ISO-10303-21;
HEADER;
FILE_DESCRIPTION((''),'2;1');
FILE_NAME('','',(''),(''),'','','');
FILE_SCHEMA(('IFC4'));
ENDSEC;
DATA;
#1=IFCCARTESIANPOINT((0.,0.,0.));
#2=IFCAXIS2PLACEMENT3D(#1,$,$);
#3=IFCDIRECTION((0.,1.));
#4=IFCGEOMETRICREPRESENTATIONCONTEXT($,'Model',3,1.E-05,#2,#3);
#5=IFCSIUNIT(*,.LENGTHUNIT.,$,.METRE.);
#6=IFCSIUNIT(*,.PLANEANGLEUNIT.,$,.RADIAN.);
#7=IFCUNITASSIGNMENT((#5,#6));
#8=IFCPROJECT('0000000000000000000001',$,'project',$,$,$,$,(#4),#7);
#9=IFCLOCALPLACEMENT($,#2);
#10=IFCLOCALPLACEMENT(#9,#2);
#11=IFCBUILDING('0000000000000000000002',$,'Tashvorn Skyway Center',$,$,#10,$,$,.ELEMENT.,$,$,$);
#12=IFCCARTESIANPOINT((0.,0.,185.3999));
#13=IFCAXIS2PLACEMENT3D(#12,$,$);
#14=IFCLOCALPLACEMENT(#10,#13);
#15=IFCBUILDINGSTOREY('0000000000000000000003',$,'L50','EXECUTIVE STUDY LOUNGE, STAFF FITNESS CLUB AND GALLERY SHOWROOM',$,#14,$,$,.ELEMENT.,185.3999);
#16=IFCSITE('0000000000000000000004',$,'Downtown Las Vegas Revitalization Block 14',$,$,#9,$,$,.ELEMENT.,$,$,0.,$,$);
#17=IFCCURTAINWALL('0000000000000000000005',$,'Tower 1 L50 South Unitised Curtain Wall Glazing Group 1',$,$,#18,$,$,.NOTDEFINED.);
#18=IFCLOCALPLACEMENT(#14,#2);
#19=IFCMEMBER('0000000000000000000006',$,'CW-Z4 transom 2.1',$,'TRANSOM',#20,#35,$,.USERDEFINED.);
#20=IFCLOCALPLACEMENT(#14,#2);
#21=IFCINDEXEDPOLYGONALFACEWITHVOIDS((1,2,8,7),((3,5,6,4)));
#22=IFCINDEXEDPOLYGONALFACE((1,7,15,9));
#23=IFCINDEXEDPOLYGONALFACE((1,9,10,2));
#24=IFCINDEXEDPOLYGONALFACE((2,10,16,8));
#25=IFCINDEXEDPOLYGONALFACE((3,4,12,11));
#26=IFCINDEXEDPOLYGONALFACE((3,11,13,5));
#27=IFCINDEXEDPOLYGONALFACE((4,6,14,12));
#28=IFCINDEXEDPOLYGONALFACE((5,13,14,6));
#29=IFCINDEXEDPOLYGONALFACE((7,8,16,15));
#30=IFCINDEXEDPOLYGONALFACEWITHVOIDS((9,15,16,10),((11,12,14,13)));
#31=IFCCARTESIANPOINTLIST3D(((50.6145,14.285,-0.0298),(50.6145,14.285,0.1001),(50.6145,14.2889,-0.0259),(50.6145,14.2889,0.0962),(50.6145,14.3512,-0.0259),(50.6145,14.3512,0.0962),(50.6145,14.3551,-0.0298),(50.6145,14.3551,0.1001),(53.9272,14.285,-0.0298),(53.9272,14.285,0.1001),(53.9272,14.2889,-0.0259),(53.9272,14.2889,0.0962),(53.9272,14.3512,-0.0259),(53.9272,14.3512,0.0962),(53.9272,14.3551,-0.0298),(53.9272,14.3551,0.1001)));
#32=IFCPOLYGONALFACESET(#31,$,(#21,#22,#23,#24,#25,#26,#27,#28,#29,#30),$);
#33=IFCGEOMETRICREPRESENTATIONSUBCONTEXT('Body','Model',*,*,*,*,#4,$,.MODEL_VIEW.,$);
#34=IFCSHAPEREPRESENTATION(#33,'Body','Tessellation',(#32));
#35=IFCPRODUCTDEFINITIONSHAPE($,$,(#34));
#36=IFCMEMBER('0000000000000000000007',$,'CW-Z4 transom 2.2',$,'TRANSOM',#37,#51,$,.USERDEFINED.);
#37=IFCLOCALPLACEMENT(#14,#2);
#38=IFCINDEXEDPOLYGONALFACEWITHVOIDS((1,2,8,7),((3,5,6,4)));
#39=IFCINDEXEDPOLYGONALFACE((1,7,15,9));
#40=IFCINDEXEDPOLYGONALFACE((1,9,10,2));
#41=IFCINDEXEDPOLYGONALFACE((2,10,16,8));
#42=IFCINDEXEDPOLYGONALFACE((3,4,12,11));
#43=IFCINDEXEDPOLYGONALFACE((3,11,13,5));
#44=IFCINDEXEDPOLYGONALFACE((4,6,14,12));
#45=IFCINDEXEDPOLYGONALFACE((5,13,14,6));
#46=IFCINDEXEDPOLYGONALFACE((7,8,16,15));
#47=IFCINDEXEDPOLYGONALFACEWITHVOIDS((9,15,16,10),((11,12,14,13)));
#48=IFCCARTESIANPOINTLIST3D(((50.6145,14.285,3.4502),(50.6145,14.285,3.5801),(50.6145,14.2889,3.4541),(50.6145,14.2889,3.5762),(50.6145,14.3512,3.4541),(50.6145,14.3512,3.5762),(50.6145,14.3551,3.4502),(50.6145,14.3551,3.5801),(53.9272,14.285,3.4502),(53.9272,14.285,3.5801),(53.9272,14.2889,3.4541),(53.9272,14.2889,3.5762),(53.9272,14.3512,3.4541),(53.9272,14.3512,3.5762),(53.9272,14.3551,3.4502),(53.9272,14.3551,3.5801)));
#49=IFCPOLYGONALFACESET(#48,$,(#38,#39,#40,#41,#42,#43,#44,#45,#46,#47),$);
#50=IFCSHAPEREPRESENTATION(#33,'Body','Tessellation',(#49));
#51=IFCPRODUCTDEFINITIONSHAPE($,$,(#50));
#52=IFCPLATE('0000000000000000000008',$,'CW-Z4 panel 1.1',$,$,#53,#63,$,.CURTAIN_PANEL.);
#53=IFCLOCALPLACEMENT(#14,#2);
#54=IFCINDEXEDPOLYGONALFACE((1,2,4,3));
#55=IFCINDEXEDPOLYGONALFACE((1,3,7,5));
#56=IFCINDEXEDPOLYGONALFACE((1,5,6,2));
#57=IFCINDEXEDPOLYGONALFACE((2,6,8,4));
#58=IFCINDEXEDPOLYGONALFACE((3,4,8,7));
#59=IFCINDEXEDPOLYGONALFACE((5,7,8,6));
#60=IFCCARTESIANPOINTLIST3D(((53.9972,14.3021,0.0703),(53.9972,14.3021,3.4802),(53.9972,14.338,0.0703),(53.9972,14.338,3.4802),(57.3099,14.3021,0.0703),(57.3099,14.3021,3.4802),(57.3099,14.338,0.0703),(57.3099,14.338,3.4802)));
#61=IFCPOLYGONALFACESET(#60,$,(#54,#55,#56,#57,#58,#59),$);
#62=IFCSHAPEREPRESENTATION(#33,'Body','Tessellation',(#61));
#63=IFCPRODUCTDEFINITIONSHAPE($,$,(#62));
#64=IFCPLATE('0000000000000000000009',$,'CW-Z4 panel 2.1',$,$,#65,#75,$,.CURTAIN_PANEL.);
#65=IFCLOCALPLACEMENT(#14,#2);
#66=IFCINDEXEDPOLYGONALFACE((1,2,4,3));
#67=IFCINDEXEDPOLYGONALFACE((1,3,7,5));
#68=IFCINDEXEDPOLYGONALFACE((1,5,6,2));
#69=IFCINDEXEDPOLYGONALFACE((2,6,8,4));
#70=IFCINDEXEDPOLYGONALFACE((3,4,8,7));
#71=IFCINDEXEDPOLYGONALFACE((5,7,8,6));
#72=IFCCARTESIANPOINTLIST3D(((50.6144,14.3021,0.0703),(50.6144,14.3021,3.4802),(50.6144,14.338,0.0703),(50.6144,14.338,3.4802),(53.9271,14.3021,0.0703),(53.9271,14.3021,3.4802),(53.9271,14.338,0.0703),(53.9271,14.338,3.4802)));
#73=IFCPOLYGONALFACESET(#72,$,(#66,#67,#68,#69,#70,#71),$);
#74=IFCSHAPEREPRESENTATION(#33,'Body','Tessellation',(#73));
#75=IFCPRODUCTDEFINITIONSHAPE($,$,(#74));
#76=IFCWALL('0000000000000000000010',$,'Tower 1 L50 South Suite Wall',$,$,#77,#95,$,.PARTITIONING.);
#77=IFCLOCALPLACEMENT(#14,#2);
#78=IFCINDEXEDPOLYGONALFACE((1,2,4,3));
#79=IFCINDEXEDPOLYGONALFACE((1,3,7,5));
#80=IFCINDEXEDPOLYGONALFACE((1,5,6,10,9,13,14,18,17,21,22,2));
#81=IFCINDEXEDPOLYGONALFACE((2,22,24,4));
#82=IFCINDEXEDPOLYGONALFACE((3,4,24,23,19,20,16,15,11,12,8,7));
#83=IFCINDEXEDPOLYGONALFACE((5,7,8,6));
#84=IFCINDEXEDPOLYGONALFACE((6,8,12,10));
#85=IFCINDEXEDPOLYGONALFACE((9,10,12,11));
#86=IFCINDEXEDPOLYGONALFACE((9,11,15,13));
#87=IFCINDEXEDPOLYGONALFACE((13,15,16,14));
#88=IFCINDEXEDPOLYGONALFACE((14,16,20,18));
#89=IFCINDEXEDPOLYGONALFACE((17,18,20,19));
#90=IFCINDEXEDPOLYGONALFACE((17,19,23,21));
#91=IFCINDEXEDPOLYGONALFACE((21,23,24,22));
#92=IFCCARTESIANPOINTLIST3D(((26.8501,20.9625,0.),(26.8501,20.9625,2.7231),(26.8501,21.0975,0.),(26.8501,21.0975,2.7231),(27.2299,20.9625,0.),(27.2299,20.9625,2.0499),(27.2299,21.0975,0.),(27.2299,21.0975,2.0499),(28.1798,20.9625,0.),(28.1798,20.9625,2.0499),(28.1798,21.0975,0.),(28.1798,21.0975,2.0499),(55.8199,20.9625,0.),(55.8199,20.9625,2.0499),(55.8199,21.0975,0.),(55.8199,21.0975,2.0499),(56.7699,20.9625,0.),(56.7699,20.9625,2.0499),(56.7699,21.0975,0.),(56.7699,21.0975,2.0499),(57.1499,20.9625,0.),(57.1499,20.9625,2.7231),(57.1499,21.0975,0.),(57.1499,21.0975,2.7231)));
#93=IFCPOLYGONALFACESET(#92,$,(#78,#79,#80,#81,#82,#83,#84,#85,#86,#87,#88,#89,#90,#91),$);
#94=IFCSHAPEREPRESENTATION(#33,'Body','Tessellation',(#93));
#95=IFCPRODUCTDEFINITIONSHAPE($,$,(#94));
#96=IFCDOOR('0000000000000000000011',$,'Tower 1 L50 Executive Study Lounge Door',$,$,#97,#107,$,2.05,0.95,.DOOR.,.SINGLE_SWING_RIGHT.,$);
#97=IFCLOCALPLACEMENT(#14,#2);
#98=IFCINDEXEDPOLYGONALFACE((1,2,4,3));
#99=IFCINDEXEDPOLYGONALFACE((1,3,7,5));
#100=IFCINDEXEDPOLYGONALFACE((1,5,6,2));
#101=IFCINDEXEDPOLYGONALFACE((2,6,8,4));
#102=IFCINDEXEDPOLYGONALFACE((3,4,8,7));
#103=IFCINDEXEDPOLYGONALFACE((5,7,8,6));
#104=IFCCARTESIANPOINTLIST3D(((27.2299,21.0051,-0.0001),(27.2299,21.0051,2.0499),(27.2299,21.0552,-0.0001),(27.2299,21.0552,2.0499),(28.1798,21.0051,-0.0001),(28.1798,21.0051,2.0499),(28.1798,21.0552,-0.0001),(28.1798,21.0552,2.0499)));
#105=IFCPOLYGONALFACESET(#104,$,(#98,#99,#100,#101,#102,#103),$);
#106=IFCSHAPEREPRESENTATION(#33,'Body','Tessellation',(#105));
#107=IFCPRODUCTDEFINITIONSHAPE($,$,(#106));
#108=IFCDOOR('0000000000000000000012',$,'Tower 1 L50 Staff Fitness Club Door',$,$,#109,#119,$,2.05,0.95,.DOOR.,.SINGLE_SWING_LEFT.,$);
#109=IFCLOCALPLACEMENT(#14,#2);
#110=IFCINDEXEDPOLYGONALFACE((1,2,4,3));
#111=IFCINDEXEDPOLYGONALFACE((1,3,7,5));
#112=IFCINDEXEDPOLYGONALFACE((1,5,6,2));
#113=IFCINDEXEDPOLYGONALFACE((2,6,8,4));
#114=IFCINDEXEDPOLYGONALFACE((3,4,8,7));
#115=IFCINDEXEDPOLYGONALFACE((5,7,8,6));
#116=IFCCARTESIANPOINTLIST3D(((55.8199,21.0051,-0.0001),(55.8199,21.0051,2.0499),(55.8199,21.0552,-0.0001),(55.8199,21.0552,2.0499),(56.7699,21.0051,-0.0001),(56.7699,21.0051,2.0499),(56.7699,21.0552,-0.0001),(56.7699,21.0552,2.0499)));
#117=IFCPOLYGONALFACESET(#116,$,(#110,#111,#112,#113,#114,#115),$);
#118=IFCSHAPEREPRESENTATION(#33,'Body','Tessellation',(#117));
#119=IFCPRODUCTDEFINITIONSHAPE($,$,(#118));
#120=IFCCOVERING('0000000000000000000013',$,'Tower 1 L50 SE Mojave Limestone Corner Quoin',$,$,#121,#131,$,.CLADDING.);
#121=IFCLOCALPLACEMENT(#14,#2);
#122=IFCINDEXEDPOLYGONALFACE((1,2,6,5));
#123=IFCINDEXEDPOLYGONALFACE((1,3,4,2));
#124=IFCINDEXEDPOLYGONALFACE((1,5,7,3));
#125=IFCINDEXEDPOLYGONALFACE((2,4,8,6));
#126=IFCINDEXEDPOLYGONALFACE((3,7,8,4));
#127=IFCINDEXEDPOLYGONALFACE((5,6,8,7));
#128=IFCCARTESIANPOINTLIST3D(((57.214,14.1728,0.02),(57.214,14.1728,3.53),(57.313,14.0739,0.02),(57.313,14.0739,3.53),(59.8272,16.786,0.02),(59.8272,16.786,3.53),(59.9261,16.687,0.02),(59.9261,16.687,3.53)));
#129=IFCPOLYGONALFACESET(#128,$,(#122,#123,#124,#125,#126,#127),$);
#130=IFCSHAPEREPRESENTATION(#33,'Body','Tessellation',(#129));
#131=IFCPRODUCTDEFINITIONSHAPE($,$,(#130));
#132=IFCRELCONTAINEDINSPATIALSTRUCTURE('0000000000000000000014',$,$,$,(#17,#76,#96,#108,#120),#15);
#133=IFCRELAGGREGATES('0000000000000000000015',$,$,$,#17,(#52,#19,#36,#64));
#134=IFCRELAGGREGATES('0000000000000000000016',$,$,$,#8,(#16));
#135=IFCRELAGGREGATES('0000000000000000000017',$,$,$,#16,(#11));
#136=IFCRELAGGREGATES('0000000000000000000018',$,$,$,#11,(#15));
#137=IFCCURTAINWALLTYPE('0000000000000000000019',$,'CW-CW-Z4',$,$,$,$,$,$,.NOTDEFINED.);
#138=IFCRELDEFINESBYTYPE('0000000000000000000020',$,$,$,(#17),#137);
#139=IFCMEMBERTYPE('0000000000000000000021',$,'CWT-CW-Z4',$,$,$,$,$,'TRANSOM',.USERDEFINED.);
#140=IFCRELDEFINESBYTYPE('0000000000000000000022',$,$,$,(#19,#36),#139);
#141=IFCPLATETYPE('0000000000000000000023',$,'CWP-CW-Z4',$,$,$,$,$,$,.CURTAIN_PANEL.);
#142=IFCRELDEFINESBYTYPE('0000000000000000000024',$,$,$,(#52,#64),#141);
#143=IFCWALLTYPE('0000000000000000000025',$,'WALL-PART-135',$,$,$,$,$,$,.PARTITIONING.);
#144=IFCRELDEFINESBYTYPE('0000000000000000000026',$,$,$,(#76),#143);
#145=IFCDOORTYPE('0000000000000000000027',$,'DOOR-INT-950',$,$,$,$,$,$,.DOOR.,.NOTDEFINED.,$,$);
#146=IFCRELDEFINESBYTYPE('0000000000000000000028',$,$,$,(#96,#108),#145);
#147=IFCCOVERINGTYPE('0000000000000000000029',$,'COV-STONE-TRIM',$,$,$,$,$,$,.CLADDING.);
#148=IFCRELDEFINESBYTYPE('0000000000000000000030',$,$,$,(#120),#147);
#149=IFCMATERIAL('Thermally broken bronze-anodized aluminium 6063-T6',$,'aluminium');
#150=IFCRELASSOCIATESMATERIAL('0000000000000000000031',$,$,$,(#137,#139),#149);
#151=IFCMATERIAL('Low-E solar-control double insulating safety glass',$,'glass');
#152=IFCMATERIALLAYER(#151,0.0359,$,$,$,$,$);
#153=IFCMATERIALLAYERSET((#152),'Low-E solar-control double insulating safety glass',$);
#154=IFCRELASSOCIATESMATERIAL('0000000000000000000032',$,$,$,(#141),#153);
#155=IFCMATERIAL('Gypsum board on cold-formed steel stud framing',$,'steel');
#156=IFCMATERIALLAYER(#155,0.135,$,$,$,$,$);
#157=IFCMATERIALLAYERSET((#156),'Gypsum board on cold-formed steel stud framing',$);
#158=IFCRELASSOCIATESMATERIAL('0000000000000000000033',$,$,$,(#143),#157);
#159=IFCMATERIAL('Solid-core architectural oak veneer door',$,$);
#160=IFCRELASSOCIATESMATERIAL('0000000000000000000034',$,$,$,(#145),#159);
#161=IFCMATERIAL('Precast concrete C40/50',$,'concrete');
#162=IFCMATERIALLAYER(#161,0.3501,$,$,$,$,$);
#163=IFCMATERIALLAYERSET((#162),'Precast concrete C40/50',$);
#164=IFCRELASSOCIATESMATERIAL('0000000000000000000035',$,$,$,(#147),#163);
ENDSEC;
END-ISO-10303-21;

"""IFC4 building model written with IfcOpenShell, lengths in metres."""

from ifc_helpers import new_model, si_unit, direction, frame, frame_2d, origin, origin_2d, place, context, subcontext, project, spatial, rectangle, hollow_rectangle, extrude, material, layer, layer_set, material_profile, profile_set, type_object, element, fill, aggregate, save


model = new_model("IFC4")

# Units and contexts
model_context = context("Model", 3, precision=1e-05, world=origin(), true_north=direction((0.0, 1.0)))
body_context = subcontext(model_context, "Body", "Model", "MODEL_VIEW")
ifc_project = project(units=[si_unit("LENGTHUNIT", "METRE"), si_unit("PLANEANGLEUNIT", "RADIAN")], contexts=[model_context])

# Site, building, storey
site_placement = place(None, origin())
site = spatial("IfcSite", under=ifc_project, at=site_placement, Name="Downtown Las Vegas Revitalization Block 14", CompositionType="ELEMENT", RefElevation=0.0)
building_placement = place(site_placement, origin())
building = spatial("IfcBuilding", under=site, at=building_placement, Name="Tashvorn Skyway Center", CompositionType="ELEMENT")
storey_placement = place(building_placement, frame((0.0, 0.0, 185.3999)))
storey = spatial("IfcBuildingStorey", under=building, at=storey_placement, Name="L50", Description="EXECUTIVE STUDY LOUNGE, STAFF FITNESS CLUB AND GALLERY SHOWROOM", CompositionType="ELEMENT", Elevation=185.3999)

# Curtain wall
ifc_material_1 = material(Name="Thermally broken bronze-anodized aluminium 6063-T6", Category="aluminium")
curtain_wall_type = type_object("IfcCurtainWallType", Name="CW-CW-Z4", PredefinedType="NOTDEFINED", material=ifc_material_1)
curtain_wall_1_placement = place(storey_placement, origin())
curtain_wall_1 = element("IfcCurtainWall", 1, at=curtain_wall_1_placement, inside=storey, type_object=curtain_wall_type, Name="Tower 1 L50 South Unitised Curtain Wall Glazing Group 1", PredefinedType="NOTDEFINED")

# Members
ifc_material_profile_1 = material_profile(ifc_material_1, hollow_rectangle(XDim=0.0701, YDim=0.1299, WallThickness=0.0039, at=origin_2d()), Name="ALU-TRAN-70x130")
ifc_profile_set_1 = profile_set([ifc_material_profile_1], Name="Thermally broken bronze-anodized aluminium 6063-T6")
member_type_1 = type_object("IfcMemberType", Name="CWT-CW-Z4", ElementType="TRANSOM", PredefinedType="USERDEFINED", material=ifc_profile_set_1)
member_1_placement = place(storey_placement, frame((53.9272, 14.3201, 0.0352), z_axis=(-1.0, 0.0, 0.0), x_axis=(0.0, -1.0, 0.0)))
member_1 = element("IfcMember", 2, at=member_1_placement, type_object=member_type_1, Name="CW-Z4 transom 2.1", ObjectType="TRANSOM", PredefinedType="USERDEFINED", context=body_context, shape_type="SweptSolid", body=[
    extrude(hollow_rectangle(XDim=0.0701, YDim=0.1299, WallThickness=0.0039, at=origin_2d()), origin(), (0.0, 0.0, 1.0), 3.3127),
])
member_2_placement = place(storey_placement, frame((53.9272, 14.3201, 3.5151), z_axis=(-1.0, 0.0, 0.0), x_axis=(0.0, -1.0, 0.0)))
member_2 = element("IfcMember", 3, at=member_2_placement, type_object=member_type_1, Name="CW-Z4 transom 2.2", ObjectType="TRANSOM", PredefinedType="USERDEFINED", context=body_context, shape_type="SweptSolid", body=[
    extrude(hollow_rectangle(XDim=0.0701, YDim=0.1299, WallThickness=0.0039, at=origin_2d()), origin(), (0.0, 0.0, 1.0), 3.3127),
])

# Plates
ifc_material_2 = material(Name="Low-E solar-control double insulating safety glass", Category="glass")
ifc_layer_1 = layer(ifc_material_2, 0.0359)
ifc_layer_set_1 = layer_set([ifc_layer_1], Name="Low-E solar-control double insulating safety glass")
plate_type = type_object("IfcPlateType", Name="CWP-CW-Z4", PredefinedType="CURTAIN_PANEL", material=ifc_layer_set_1)
plate_1_placement = place(storey_placement, frame((55.6536, 14.3201, 0.0703), z_axis=(0.0, 0.0, 1.0), x_axis=(-1.0, 0.0, 0.0)))
plate_1 = element("IfcPlate", 4, at=plate_1_placement, type_object=plate_type, Name="CW-Z4 panel 1.1", PredefinedType="CURTAIN_PANEL", context=body_context, shape_type="SweptSolid", body=[
    extrude(rectangle(XDim=3.3127, YDim=0.0359, at=origin_2d()), origin(), (0.0, 0.0, 1.0), 3.4099),
])
plate_2_placement = place(storey_placement, frame((52.2708, 14.3201, 0.0703), z_axis=(0.0, 0.0, 1.0), x_axis=(-1.0, 0.0, 0.0)))
plate_2 = element("IfcPlate", 5, at=plate_2_placement, type_object=plate_type, Name="CW-Z4 panel 2.1", PredefinedType="CURTAIN_PANEL", context=body_context, shape_type="SweptSolid", body=[
    extrude(rectangle(XDim=3.3127, YDim=0.0359, at=origin_2d()), origin(), (0.0, 0.0, 1.0), 3.4099),
])
aggregate(curtain_wall_1, [plate_1, member_1, member_2, plate_2])

# Wall, openings, doors
ifc_material_3 = material(Name="Gypsum board on cold-formed steel stud framing", Category="steel")
ifc_layer_2 = layer(ifc_material_3, 0.135)
ifc_layer_set_2 = layer_set([ifc_layer_2], Name="Gypsum board on cold-formed steel stud framing")
wall_type = type_object("IfcWallType", Name="WALL-PART-135", PredefinedType="PARTITIONING", material=ifc_layer_set_2)
wall_placement = place(storey_placement, frame((57.1499, 21.03, 0.0), z_axis=(0.0, 0.0, 1.0), x_axis=(-1.0, 0.0, 0.0)))
wall = element("IfcWall", 6, at=wall_placement, inside=storey, type_object=wall_type, Name="Tower 1 L50 South Suite Wall", PredefinedType="PARTITIONING", context=body_context, shape_type="SweptSolid", body=[
    extrude(rectangle(XDim=30.2998, YDim=0.135, at=frame_2d((15.1499, 0.0))), origin(), (0.0, 0.0, 1.0), 2.7231),
])
opening_1_placement = place(wall_placement, frame((28.97, 0.0, 0.0)))
opening_1 = element("IfcOpeningElement", 7, at=opening_1_placement, cuts=wall, PredefinedType="OPENING", context=body_context, shape_type="SweptSolid", body=[
    extrude(rectangle(XDim=0.95, YDim=2.05, at=frame_2d((0.4751, 1.0249))), frame((0.0, 0.0774, 0.0), z_axis=(0.0, -1.0, 0.0), x_axis=(1.0, 0.0, 0.0)), (0.0, 0.0, 1.0), 0.155),
])
opening_2_placement = place(wall_placement, frame((0.3799, 0.0, 0.0)))
opening_2 = element("IfcOpeningElement", 8, at=opening_2_placement, cuts=wall, PredefinedType="OPENING", context=body_context, shape_type="SweptSolid", body=[
    extrude(rectangle(XDim=0.95, YDim=2.05, at=frame_2d((0.4751, 1.0249))), frame((0.0, 0.0774, 0.0), z_axis=(0.0, -1.0, 0.0), x_axis=(1.0, 0.0, 0.0)), (0.0, 0.0, 1.0), 0.155),
])
ifc_material_4 = material(Name="Solid-core architectural oak veneer door")
door_type = type_object("IfcDoorType", Name="DOOR-INT-950", OperationType="NOTDEFINED", PredefinedType="DOOR", material=ifc_material_4)
door_1_placement = place(opening_1_placement, origin())
door_1 = element("IfcDoor", 9, at=door_1_placement, inside=storey, type_object=door_type, Name="Tower 1 L50 Executive Study Lounge Door", OperationType="SINGLE_SWING_RIGHT", OverallHeight=2.05, OverallWidth=0.95, PredefinedType="DOOR", context=body_context, shape_type="SweptSolid", body=[
    extrude(rectangle(XDim=0.95, YDim=2.05, at=frame_2d((0.4751, 1.0249))), frame((0.0, 0.0249, 0.0), z_axis=(0.0, -1.0, 0.0), x_axis=(1.0, 0.0, 0.0)), (0.0, 0.0, 1.0), 0.05),
])
fill(opening_1, door_1)
door_2_placement = place(opening_2_placement, origin())
door_2 = element("IfcDoor", 10, at=door_2_placement, inside=storey, type_object=door_type, Name="Tower 1 L50 Staff Fitness Club Door", OperationType="SINGLE_SWING_LEFT", OverallHeight=2.05, OverallWidth=0.95, PredefinedType="DOOR", context=body_context, shape_type="SweptSolid", body=[
    extrude(rectangle(XDim=0.95, YDim=2.05, at=frame_2d((0.4751, 1.0249))), frame((0.0, 0.0249, 0.0), z_axis=(0.0, -1.0, 0.0), x_axis=(1.0, 0.0, 0.0)), (0.0, 0.0, 1.0), 0.05),
])
fill(opening_2, door_2)

# Covering
ifc_material_5 = material(Name="Precast concrete C40/50", Category="concrete")
ifc_layer_3 = layer(ifc_material_5, 0.3501)
ifc_layer_set_3 = layer_set([ifc_layer_3], Name="Precast concrete C40/50")
covering_type = type_object("IfcCoveringType", Name="COV-STONE-TRIM", PredefinedType="CLADDING", material=ifc_layer_set_3)
covering_placement = place(storey_placement, frame((58.5701, 15.4299, 0.02), z_axis=(0.0, 0.0, 1.0), x_axis=(0.707107, 0.707107, 0.0)))
element("IfcCovering", 11, at=covering_placement, inside=storey, type_object=covering_type, Name="Tower 1 L50 SE Mojave Limestone Corner Quoin", PredefinedType="CLADDING", context=body_context, shape_type="SweptSolid", body=[
    extrude(rectangle(XDim=3.6956, YDim=0.1399, at=origin_2d()), origin(), (0.0, 0.0, 1.0), 3.51),
])

save(model, "model.ifc")
